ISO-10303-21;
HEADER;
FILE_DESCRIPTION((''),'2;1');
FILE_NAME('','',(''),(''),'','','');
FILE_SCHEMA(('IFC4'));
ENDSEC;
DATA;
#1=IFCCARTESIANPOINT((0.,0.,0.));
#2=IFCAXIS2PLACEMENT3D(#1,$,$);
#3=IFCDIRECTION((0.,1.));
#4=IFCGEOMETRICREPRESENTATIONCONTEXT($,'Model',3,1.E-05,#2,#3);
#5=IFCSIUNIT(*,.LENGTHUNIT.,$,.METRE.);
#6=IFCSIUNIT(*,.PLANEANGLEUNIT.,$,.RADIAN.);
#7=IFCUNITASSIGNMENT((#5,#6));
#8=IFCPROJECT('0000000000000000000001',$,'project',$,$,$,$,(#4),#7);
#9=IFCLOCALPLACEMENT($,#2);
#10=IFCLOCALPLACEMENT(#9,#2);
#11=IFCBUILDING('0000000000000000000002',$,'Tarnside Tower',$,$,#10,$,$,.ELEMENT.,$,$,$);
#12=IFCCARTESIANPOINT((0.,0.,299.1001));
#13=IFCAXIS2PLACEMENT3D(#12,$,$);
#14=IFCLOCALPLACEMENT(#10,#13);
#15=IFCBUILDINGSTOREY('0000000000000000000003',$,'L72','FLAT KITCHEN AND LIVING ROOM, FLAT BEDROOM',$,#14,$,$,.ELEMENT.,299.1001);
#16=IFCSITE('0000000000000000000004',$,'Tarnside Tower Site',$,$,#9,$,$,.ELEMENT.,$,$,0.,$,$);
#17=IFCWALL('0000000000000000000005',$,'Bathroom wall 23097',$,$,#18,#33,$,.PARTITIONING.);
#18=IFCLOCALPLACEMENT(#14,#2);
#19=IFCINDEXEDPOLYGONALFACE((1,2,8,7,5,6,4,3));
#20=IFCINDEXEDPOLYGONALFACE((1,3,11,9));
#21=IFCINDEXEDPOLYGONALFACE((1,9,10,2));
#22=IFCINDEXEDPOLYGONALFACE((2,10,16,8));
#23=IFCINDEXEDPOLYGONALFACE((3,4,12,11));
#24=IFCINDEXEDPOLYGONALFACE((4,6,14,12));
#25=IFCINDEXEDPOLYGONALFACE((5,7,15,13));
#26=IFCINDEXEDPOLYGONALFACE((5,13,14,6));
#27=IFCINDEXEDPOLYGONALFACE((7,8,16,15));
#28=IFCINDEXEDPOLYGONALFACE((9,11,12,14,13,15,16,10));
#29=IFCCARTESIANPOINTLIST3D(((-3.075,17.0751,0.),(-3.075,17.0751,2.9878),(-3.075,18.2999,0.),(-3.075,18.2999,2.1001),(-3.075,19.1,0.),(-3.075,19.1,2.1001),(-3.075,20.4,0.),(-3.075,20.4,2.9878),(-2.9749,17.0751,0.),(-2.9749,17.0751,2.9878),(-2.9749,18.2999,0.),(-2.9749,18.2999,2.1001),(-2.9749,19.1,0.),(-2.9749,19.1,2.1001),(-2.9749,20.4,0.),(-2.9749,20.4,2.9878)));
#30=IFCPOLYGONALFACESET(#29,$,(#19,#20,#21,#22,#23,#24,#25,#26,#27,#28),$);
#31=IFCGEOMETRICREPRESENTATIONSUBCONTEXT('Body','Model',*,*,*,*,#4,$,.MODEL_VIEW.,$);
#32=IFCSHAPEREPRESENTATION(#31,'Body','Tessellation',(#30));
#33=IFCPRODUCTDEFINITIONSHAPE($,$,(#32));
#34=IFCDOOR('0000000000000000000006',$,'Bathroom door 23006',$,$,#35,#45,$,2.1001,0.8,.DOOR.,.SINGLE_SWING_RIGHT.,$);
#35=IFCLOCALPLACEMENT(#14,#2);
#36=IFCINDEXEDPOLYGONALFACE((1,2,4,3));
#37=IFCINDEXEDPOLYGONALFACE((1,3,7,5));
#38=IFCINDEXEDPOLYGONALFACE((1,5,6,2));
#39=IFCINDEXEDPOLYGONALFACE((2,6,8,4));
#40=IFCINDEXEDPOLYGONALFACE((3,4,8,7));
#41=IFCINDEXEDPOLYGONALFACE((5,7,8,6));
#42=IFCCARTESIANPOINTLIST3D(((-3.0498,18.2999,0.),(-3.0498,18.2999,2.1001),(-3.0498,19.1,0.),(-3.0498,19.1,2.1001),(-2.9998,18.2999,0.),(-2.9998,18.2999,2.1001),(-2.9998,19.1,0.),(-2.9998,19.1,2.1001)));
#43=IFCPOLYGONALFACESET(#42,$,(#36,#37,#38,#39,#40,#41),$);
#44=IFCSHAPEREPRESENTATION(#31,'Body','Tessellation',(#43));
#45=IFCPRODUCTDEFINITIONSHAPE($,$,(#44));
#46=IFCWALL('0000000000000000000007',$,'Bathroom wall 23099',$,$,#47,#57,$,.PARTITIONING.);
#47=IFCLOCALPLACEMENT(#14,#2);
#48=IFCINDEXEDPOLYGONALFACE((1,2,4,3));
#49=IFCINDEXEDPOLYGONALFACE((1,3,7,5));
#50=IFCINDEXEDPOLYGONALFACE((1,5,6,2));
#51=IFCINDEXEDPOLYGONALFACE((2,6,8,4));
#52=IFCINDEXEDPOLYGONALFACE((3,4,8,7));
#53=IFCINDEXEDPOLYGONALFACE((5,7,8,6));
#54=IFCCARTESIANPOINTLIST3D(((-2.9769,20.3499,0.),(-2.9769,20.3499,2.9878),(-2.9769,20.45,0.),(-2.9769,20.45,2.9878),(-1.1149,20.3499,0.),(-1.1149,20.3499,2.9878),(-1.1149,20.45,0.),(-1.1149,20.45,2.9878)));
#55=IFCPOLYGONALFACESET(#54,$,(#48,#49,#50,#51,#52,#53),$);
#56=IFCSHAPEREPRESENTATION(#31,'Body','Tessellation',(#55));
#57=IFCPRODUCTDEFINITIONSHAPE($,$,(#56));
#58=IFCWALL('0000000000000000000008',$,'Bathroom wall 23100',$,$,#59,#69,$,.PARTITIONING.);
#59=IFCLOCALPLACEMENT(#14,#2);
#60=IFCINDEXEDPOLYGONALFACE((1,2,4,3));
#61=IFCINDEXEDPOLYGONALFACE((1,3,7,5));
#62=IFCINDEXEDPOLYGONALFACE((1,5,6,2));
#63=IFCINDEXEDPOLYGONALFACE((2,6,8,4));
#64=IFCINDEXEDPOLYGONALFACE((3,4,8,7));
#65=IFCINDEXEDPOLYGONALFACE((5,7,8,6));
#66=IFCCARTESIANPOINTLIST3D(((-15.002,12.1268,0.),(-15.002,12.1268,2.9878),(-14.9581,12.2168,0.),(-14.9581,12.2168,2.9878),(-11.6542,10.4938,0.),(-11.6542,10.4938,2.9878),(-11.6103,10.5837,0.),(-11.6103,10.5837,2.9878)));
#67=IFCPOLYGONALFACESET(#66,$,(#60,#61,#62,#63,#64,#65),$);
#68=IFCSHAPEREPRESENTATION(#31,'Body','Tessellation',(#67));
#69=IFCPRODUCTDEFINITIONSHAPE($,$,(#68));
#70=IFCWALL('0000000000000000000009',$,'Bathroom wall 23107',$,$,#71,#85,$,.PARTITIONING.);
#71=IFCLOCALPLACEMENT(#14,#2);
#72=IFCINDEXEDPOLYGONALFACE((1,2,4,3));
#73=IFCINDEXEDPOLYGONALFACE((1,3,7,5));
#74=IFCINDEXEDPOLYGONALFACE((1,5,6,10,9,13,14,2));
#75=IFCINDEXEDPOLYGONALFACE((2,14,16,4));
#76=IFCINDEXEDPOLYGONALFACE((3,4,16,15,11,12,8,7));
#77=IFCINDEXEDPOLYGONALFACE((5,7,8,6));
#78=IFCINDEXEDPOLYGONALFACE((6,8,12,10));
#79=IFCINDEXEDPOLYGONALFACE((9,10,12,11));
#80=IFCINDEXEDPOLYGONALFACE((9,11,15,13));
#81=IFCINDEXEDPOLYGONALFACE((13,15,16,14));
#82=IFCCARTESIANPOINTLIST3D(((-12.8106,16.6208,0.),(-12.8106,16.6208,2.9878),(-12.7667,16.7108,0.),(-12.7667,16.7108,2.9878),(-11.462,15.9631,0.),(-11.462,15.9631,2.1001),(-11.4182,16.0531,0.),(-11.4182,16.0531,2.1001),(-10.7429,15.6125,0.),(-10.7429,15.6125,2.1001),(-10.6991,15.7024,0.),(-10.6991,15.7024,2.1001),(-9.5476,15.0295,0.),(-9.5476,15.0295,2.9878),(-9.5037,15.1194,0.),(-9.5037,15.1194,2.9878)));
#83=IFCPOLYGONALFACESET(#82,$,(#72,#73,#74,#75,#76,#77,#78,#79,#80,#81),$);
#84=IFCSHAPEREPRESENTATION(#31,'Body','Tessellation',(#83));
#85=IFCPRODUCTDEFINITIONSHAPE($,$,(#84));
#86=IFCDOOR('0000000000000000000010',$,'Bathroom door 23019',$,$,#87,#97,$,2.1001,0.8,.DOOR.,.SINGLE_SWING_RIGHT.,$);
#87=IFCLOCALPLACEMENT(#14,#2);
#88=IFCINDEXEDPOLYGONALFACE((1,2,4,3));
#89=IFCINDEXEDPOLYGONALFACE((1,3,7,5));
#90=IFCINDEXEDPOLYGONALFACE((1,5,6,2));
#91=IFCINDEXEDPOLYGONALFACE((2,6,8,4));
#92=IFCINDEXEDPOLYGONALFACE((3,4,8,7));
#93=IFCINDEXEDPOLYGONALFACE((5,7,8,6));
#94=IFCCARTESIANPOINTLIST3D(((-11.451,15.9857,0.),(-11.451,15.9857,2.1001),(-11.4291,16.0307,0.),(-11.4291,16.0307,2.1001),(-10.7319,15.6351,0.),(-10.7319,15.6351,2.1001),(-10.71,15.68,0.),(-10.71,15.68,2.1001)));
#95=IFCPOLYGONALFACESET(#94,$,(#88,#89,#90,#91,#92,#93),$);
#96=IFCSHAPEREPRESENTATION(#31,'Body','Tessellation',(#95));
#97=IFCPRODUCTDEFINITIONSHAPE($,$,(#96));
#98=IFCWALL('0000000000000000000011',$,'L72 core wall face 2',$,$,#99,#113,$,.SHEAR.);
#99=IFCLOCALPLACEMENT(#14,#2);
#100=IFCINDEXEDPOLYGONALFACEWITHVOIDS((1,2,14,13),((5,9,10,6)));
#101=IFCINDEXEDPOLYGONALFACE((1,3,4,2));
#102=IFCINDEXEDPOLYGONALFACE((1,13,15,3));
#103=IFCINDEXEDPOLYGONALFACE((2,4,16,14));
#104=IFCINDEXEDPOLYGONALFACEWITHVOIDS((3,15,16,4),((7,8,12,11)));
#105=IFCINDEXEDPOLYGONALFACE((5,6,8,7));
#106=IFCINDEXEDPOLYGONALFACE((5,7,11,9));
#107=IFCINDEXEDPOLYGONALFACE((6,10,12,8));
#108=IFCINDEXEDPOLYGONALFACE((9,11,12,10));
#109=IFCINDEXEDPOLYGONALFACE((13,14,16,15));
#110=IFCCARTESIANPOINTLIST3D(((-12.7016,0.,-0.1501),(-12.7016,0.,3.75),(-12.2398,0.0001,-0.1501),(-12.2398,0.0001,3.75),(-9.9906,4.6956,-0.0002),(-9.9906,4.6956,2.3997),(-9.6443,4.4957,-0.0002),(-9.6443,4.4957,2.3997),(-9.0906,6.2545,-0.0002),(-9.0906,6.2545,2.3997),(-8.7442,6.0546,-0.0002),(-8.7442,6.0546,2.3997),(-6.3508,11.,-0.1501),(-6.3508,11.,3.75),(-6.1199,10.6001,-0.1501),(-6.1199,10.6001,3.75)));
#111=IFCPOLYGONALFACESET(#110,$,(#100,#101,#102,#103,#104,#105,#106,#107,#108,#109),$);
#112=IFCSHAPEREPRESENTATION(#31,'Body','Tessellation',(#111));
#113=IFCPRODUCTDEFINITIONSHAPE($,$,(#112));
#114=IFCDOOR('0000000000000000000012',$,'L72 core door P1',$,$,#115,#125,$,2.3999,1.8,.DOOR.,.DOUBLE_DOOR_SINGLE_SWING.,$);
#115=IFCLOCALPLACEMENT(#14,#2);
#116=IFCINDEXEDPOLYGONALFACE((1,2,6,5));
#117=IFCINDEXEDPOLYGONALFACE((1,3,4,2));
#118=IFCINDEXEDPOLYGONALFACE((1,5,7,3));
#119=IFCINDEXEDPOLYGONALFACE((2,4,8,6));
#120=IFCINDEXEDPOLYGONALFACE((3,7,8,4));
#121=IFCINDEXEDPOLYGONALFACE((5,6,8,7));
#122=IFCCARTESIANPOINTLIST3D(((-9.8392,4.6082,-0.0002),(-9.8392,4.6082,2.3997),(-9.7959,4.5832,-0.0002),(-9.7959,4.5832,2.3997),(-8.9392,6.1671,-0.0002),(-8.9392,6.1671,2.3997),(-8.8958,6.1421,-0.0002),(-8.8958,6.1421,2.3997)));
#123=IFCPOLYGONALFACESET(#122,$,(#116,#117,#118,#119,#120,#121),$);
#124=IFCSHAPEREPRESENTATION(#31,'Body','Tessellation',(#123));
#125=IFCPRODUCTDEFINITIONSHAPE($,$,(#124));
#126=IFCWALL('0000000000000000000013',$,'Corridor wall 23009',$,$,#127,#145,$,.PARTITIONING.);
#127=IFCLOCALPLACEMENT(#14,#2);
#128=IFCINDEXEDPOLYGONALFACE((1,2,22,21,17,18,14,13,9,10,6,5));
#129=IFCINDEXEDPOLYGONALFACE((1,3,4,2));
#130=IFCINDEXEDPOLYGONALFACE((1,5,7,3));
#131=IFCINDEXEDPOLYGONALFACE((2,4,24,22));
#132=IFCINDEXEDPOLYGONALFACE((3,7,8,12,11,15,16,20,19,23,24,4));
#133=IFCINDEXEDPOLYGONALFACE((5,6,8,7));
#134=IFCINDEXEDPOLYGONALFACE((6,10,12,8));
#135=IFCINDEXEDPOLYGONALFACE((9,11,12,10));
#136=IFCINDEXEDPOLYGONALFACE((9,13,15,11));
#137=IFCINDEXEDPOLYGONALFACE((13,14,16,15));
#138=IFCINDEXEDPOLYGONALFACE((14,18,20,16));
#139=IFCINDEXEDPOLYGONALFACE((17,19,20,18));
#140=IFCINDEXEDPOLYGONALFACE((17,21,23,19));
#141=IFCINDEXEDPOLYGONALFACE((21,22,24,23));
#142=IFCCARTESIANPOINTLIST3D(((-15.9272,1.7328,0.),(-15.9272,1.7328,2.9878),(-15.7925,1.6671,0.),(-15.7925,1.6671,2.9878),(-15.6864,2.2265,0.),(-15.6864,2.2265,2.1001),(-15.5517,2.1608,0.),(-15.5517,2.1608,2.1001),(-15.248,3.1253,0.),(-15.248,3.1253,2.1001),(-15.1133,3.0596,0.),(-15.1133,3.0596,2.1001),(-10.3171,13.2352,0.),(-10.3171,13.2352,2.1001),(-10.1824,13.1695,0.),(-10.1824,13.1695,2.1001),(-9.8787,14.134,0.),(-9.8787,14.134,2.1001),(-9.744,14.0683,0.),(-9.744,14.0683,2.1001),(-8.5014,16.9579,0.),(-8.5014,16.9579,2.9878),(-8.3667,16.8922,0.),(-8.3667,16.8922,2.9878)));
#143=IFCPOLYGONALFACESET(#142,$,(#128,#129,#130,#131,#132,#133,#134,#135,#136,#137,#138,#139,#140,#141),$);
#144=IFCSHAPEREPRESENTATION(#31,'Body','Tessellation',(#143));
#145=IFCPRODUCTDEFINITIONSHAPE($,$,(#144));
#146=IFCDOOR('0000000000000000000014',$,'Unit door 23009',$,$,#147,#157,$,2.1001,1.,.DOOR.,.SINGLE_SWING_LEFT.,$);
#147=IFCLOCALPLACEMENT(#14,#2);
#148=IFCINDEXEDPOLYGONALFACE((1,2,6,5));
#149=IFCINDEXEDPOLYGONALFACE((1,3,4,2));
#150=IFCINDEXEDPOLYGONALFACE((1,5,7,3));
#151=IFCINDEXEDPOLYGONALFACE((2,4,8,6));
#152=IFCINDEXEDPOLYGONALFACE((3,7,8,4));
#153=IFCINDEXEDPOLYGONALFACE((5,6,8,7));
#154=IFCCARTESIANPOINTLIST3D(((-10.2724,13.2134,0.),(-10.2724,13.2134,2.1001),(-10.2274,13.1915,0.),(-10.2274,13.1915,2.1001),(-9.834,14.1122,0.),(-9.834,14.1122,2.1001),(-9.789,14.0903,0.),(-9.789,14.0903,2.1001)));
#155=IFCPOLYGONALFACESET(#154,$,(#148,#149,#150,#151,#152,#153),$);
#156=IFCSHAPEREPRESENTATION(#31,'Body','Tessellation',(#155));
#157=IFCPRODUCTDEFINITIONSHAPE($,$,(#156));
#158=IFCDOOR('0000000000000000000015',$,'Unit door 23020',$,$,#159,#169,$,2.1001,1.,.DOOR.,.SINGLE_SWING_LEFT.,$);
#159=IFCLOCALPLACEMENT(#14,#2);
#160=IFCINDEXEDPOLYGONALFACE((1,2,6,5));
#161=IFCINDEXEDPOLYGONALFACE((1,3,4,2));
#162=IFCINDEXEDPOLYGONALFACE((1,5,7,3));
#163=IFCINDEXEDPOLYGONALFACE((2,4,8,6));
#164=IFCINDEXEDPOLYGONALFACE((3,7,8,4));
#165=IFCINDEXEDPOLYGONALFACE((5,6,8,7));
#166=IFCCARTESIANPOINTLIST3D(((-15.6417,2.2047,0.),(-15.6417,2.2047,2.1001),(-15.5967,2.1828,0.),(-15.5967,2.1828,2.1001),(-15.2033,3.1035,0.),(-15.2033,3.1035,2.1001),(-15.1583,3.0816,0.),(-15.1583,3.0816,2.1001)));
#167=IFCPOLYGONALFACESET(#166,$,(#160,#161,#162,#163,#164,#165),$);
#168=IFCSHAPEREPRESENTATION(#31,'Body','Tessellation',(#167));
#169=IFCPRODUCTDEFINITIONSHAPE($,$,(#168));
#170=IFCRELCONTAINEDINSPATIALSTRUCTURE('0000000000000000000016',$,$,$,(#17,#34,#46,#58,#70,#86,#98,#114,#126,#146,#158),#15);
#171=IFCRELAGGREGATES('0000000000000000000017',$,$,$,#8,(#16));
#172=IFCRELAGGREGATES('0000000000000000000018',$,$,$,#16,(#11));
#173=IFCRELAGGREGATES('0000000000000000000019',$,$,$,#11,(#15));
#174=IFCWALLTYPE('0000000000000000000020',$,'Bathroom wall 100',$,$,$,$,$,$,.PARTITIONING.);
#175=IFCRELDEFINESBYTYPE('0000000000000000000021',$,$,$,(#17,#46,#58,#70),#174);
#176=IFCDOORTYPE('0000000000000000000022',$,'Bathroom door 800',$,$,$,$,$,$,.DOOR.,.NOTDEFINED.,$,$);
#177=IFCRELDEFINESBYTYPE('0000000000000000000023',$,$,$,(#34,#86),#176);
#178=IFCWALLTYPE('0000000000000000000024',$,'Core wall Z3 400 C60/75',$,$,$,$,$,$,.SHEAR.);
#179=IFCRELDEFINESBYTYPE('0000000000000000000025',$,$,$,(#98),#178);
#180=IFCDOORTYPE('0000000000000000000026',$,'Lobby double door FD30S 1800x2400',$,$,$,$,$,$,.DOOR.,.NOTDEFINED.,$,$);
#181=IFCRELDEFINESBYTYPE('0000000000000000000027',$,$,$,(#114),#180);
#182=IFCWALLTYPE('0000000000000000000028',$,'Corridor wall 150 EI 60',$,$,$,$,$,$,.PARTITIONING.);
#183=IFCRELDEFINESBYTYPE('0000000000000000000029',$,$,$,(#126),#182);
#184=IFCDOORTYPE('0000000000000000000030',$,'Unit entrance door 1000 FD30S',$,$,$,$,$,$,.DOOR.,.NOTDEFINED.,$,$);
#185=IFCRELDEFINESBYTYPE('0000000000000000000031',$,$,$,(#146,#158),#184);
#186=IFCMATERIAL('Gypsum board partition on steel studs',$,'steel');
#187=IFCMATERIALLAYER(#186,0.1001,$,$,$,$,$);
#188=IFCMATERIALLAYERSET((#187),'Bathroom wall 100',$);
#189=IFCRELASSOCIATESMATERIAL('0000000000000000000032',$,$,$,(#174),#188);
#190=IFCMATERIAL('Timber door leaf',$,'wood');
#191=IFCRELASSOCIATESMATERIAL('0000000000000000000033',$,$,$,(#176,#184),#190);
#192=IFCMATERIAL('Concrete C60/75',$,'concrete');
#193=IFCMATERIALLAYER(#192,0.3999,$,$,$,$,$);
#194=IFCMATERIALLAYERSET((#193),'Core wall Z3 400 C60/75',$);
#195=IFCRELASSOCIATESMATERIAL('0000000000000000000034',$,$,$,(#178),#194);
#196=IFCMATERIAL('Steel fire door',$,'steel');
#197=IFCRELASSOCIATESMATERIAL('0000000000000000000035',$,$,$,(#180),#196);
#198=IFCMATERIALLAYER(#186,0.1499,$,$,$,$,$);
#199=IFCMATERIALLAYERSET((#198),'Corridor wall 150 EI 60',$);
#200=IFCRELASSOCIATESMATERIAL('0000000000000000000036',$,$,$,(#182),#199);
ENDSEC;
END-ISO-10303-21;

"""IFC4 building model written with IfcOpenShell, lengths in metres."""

from ifc_helpers import new_model, si_unit, direction, frame, frame_2d, origin, place, context, subcontext, project, spatial, polyline, rectangle, outline, extrude, material, layer, layer_set, type_object, element, fill, save


model = new_model("IFC4")

# Units and contexts
model_context = context("Model", 3, precision=1e-05, world=origin(), true_north=direction((0.0, 1.0)))
body_context = subcontext(model_context, "Body", "Model", "MODEL_VIEW")
ifc_project = project(units=[si_unit("LENGTHUNIT", "METRE"), si_unit("PLANEANGLEUNIT", "RADIAN")], contexts=[model_context])

# Site, building, storey
site_placement = place(None, origin())
site = spatial("IfcSite", under=ifc_project, at=site_placement, Name="Tarnside Tower Site", CompositionType="ELEMENT", RefElevation=0.0)
building_placement = place(site_placement, origin())
building = spatial("IfcBuilding", under=site, at=building_placement, Name="Tarnside Tower", CompositionType="ELEMENT")
storey_placement = place(building_placement, frame((0.0, 0.0, 299.1001)))
storey = spatial("IfcBuildingStorey", under=building, at=storey_placement, Name="L72", Description="FLAT KITCHEN AND LIVING ROOM, FLAT BEDROOM", CompositionType="ELEMENT", Elevation=299.1001)

# Wall, opening, door
ifc_material_1 = material(Name="Gypsum board partition on steel studs", Category="steel")
ifc_layer_1 = layer(ifc_material_1, 0.1001)
ifc_layer_set_1 = layer_set([ifc_layer_1], Name="Bathroom wall 100")
wall_type_1 = type_object("IfcWallType", Name="Bathroom wall 100", PredefinedType="PARTITIONING", material=ifc_layer_set_1)
wall_1_placement = place(storey_placement, frame((-3.0249, 17.075, 0.0), z_axis=(0.0, 0.0, 1.0), x_axis=(0.0, 1.0, 0.0)))
wall_1 = element("IfcWall", 1, at=wall_1_placement, inside=storey, type_object=wall_type_1, Name="Bathroom wall 23097", PredefinedType="PARTITIONING", context=body_context, shape_type="SweptSolid", body=[
    extrude(rectangle(XDim=3.325, YDim=0.1001, at=frame_2d((1.6626, 0.0))), origin(), (0.0, 0.0, 1.0), 2.9878),
])
opening_1_placement = place(wall_1_placement, frame((1.2251, 0.0, 0.0)))
opening_1 = element("IfcOpeningElement", 2, at=opening_1_placement, cuts=wall_1, PredefinedType="OPENING", context=body_context, shape_type="SweptSolid", body=[
    extrude(rectangle(XDim=0.8, YDim=2.1001, at=frame_2d((0.3999, 1.05))), frame((0.0, 0.0601, 0.0), z_axis=(0.0, -1.0, 0.0), x_axis=(1.0, 0.0, 0.0)), (0.0, 0.0, 1.0), 0.1201),
])
ifc_material_2 = material(Name="Timber door leaf", Category="wood")
door_type_1 = type_object("IfcDoorType", Name="Bathroom door 800", OperationType="NOTDEFINED", PredefinedType="DOOR", material=ifc_material_2)
door_1_placement = place(opening_1_placement, origin())
door_1 = element("IfcDoor", 3, at=door_1_placement, inside=storey, type_object=door_type_1, Name="Bathroom door 23006", OperationType="SINGLE_SWING_RIGHT", OverallHeight=2.1001, OverallWidth=0.8, PredefinedType="DOOR", context=body_context, shape_type="SweptSolid", body=[
    extrude(rectangle(XDim=0.8, YDim=2.1001, at=frame_2d((0.3999, 1.05))), frame((0.0, 0.0249, 0.0), z_axis=(0.0, -1.0, 0.0), x_axis=(1.0, 0.0, 0.0)), (0.0, 0.0, 1.0), 0.05),
])
fill(opening_1, door_1)

# Walls
wall_2_placement = place(storey_placement, frame((-1.1147, 20.3999, 0.0), z_axis=(0.0, 0.0, 1.0), x_axis=(-1.0, 0.0, 0.0)))
element("IfcWall", 4, at=wall_2_placement, inside=storey, type_object=wall_type_1, Name="Bathroom wall 23099", PredefinedType="PARTITIONING", context=body_context, shape_type="SweptSolid", body=[
    extrude(rectangle(XDim=1.8621, YDim=0.1001, at=frame_2d((0.9312, 0.0))), origin(), (0.0, 0.0, 1.0), 2.9878),
])
wall_3_placement = place(storey_placement, frame((-11.6323, 10.5388, 0.0), z_axis=(0.0, 0.0, 1.0), x_axis=(-0.898775, 0.438409, 0.0)))
element("IfcWall", 5, at=wall_3_placement, inside=storey, type_object=wall_type_1, Name="Bathroom wall 23100", PredefinedType="PARTITIONING", context=body_context, shape_type="SweptSolid", body=[
    extrude(rectangle(XDim=3.7249, YDim=0.1001, at=frame_2d((1.8623, 0.0))), origin(), (0.0, 0.0, 1.0), 2.9878),
])

# Walls, openings, doors
wall_4_placement = place(storey_placement, frame((-9.5256, 15.0745, 0.0), z_axis=(0.0, 0.0, 1.0), x_axis=(-0.898809, 0.438341, 0.0)))
wall_4 = element("IfcWall", 6, at=wall_4_placement, inside=storey, type_object=wall_type_1, Name="Bathroom wall 23107", PredefinedType="PARTITIONING", context=body_context, shape_type="SweptSolid", body=[
    extrude(rectangle(XDim=3.6304, YDim=0.1001, at=frame_2d((1.8152, 0.0))), origin(), (0.0, 0.0, 1.0), 2.9878),
])
opening_2_placement = place(wall_4_placement, frame((1.3301, 0.0, 0.0)))
opening_2 = element("IfcOpeningElement", 7, at=opening_2_placement, cuts=wall_4, PredefinedType="OPENING", context=body_context, shape_type="SweptSolid", body=[
    extrude(rectangle(XDim=0.8, YDim=2.1001, at=frame_2d((0.3999, 1.05))), frame((0.0, 0.0601, 0.0), z_axis=(0.0, -1.0, 0.0), x_axis=(1.0, 0.0, 0.0)), (0.0, 0.0, 1.0), 0.1201),
])
door_2_placement = place(opening_2_placement, origin())
door_2 = element("IfcDoor", 8, at=door_2_placement, inside=storey, type_object=door_type_1, Name="Bathroom door 23019", OperationType="SINGLE_SWING_RIGHT", OverallHeight=2.1001, OverallWidth=0.8, PredefinedType="DOOR", context=body_context, shape_type="SweptSolid", body=[
    extrude(rectangle(XDim=0.8, YDim=2.1001, at=frame_2d((0.3999, 1.05))), frame((0.0, 0.0249, 0.0), z_axis=(0.0, -1.0, 0.0), x_axis=(1.0, 0.0, 0.0)), (0.0, 0.0, 1.0), 0.05),
])
fill(opening_2, door_2)
ifc_material_3 = material(Name="Concrete C60/75", Category="concrete")
ifc_layer_2 = layer(ifc_material_3, 0.3999)
ifc_layer_set_2 = layer_set([ifc_layer_2], Name="Core wall Z3 400 C60/75")
wall_type_2 = type_object("IfcWallType", Name="Core wall Z3 400 C60/75", PredefinedType="SHEAR", material=ifc_layer_set_2)
wall_5_placement = place(storey_placement, frame((-6.2354, 10.8, -0.1501), z_axis=(0.0, 0.0, 1.0), x_axis=(-0.499996, -0.866027, 0.0)))
wall_5 = element("IfcWall", 9, at=wall_5_placement, inside=storey, type_object=wall_type_2, Name="L72 core wall face 2", PredefinedType="SHEAR", context=body_context, shape_type="SweptSolid", body=[
    extrude(outline(polyline([(-0.1155, -0.2), (12.5862, -0.2), (12.3552, 0.2), (0.1155, 0.2), (-0.1155, -0.2)])), origin(), (0.0, 0.0, 1.0), 3.9001),
])
opening_3_placement = place(wall_5_placement, frame((5.3643, 0.0, 0.1499)))
opening_3 = element("IfcOpeningElement", 10, at=opening_3_placement, cuts=wall_5, PredefinedType="OPENING", context=body_context, shape_type="SweptSolid", body=[
    extrude(rectangle(XDim=1.8, YDim=2.3999, at=frame_2d((0.8999, 1.2))), frame((0.0, 0.21, 0.0), z_axis=(0.0, -1.0, 0.0), x_axis=(1.0, 0.0, 0.0)), (0.0, 0.0, 1.0), 0.4199),
])
ifc_material_4 = material(Name="Steel fire door", Category="steel")
door_type_2 = type_object("IfcDoorType", Name="Lobby double door FD30S 1800x2400", OperationType="NOTDEFINED", PredefinedType="DOOR", material=ifc_material_4)
door_3_placement = place(opening_3_placement, origin())
door_3 = element("IfcDoor", 11, at=door_3_placement, inside=storey, type_object=door_type_2, Name="L72 core door P1", OperationType="DOUBLE_DOOR_SINGLE_SWING", OverallHeight=2.3999, OverallWidth=1.8, PredefinedType="DOOR", context=body_context, shape_type="SweptSolid", body=[
    extrude(rectangle(XDim=1.8, YDim=2.3999, at=frame_2d((0.8999, 1.2))), frame((0.0, 0.0249, 0.0), z_axis=(0.0, -1.0, 0.0), x_axis=(1.0, 0.0, 0.0)), (0.0, 0.0, 1.0), 0.05),
])
fill(opening_3, door_3)

# Wall, openings, doors
ifc_layer_3 = layer(ifc_material_1, 0.1499)
ifc_layer_set_3 = layer_set([ifc_layer_3], Name="Corridor wall 150 EI 60")
wall_type_3 = type_object("IfcWallType", Name="Corridor wall 150 EI 60", PredefinedType="PARTITIONING", material=ifc_layer_set_3)
wall_6_placement = place(storey_placement, frame((-8.4341, 16.925, 0.0), z_axis=(0.0, 0.0, 1.0), x_axis=(-0.438371, -0.898794, 0.0)))
wall_6 = element("IfcWall", 12, at=wall_6_placement, inside=storey, type_object=wall_type_3, Name="Corridor wall 23009", PredefinedType="PARTITIONING", context=body_context, shape_type="SweptSolid", body=[
    extrude(rectangle(XDim=16.9395, YDim=0.1499, at=frame_2d((8.4697, 0.0))), origin(), (0.0, 0.0, 1.0), 2.9878),
])
opening_4_placement = place(wall_6_placement, frame((3.1418, 0.0, 0.0)))
opening_4 = element("IfcOpeningElement", 13, at=opening_4_placement, cuts=wall_6, PredefinedType="OPENING", context=body_context, shape_type="SweptSolid", body=[
    extrude(rectangle(XDim=1.0, YDim=2.1001, at=frame_2d((0.5, 1.05))), frame((0.0, 0.085, 0.0), z_axis=(0.0, -1.0, 0.0), x_axis=(1.0, 0.0, 0.0)), (0.0, 0.0, 1.0), 0.1699),
])
opening_5_placement = place(wall_6_placement, frame((15.3901, 0.0, 0.0)))
opening_5 = element("IfcOpeningElement", 14, at=opening_5_placement, cuts=wall_6, PredefinedType="OPENING", context=body_context, shape_type="SweptSolid", body=[
    extrude(rectangle(XDim=1.0, YDim=2.1001, at=frame_2d((0.5, 1.05))), frame((0.0, 0.085, 0.0), z_axis=(0.0, -1.0, 0.0), x_axis=(1.0, 0.0, 0.0)), (0.0, 0.0, 1.0), 0.1699),
])
door_type_3 = type_object("IfcDoorType", Name="Unit entrance door 1000 FD30S", OperationType="NOTDEFINED", PredefinedType="DOOR", material=ifc_material_2)
door_4_placement = place(opening_4_placement, origin())
door_4 = element("IfcDoor", 15, at=door_4_placement, inside=storey, type_object=door_type_3, Name="Unit door 23009", OperationType="SINGLE_SWING_LEFT", OverallHeight=2.1001, OverallWidth=1.0, PredefinedType="DOOR", context=body_context, shape_type="SweptSolid", body=[
    extrude(rectangle(XDim=1.0, YDim=2.1001, at=frame_2d((0.5, 1.05))), frame((0.0, 0.0249, 0.0), z_axis=(0.0, -1.0, 0.0), x_axis=(1.0, 0.0, 0.0)), (0.0, 0.0, 1.0), 0.05),
])
fill(opening_4, door_4)
door_5_placement = place(opening_5_placement, origin())
door_5 = element("IfcDoor", 16, at=door_5_placement, inside=storey, type_object=door_type_3, Name="Unit door 23020", OperationType="SINGLE_SWING_LEFT", OverallHeight=2.1001, OverallWidth=1.0, PredefinedType="DOOR", context=body_context, shape_type="SweptSolid", body=[
    extrude(rectangle(XDim=1.0, YDim=2.1001, at=frame_2d((0.5, 1.05))), frame((0.0, 0.0249, 0.0), z_axis=(0.0, -1.0, 0.0), x_axis=(1.0, 0.0, 0.0)), (0.0, 0.0, 1.0), 0.05),
])
fill(opening_5, door_5)

save(model, "model.ifc")
